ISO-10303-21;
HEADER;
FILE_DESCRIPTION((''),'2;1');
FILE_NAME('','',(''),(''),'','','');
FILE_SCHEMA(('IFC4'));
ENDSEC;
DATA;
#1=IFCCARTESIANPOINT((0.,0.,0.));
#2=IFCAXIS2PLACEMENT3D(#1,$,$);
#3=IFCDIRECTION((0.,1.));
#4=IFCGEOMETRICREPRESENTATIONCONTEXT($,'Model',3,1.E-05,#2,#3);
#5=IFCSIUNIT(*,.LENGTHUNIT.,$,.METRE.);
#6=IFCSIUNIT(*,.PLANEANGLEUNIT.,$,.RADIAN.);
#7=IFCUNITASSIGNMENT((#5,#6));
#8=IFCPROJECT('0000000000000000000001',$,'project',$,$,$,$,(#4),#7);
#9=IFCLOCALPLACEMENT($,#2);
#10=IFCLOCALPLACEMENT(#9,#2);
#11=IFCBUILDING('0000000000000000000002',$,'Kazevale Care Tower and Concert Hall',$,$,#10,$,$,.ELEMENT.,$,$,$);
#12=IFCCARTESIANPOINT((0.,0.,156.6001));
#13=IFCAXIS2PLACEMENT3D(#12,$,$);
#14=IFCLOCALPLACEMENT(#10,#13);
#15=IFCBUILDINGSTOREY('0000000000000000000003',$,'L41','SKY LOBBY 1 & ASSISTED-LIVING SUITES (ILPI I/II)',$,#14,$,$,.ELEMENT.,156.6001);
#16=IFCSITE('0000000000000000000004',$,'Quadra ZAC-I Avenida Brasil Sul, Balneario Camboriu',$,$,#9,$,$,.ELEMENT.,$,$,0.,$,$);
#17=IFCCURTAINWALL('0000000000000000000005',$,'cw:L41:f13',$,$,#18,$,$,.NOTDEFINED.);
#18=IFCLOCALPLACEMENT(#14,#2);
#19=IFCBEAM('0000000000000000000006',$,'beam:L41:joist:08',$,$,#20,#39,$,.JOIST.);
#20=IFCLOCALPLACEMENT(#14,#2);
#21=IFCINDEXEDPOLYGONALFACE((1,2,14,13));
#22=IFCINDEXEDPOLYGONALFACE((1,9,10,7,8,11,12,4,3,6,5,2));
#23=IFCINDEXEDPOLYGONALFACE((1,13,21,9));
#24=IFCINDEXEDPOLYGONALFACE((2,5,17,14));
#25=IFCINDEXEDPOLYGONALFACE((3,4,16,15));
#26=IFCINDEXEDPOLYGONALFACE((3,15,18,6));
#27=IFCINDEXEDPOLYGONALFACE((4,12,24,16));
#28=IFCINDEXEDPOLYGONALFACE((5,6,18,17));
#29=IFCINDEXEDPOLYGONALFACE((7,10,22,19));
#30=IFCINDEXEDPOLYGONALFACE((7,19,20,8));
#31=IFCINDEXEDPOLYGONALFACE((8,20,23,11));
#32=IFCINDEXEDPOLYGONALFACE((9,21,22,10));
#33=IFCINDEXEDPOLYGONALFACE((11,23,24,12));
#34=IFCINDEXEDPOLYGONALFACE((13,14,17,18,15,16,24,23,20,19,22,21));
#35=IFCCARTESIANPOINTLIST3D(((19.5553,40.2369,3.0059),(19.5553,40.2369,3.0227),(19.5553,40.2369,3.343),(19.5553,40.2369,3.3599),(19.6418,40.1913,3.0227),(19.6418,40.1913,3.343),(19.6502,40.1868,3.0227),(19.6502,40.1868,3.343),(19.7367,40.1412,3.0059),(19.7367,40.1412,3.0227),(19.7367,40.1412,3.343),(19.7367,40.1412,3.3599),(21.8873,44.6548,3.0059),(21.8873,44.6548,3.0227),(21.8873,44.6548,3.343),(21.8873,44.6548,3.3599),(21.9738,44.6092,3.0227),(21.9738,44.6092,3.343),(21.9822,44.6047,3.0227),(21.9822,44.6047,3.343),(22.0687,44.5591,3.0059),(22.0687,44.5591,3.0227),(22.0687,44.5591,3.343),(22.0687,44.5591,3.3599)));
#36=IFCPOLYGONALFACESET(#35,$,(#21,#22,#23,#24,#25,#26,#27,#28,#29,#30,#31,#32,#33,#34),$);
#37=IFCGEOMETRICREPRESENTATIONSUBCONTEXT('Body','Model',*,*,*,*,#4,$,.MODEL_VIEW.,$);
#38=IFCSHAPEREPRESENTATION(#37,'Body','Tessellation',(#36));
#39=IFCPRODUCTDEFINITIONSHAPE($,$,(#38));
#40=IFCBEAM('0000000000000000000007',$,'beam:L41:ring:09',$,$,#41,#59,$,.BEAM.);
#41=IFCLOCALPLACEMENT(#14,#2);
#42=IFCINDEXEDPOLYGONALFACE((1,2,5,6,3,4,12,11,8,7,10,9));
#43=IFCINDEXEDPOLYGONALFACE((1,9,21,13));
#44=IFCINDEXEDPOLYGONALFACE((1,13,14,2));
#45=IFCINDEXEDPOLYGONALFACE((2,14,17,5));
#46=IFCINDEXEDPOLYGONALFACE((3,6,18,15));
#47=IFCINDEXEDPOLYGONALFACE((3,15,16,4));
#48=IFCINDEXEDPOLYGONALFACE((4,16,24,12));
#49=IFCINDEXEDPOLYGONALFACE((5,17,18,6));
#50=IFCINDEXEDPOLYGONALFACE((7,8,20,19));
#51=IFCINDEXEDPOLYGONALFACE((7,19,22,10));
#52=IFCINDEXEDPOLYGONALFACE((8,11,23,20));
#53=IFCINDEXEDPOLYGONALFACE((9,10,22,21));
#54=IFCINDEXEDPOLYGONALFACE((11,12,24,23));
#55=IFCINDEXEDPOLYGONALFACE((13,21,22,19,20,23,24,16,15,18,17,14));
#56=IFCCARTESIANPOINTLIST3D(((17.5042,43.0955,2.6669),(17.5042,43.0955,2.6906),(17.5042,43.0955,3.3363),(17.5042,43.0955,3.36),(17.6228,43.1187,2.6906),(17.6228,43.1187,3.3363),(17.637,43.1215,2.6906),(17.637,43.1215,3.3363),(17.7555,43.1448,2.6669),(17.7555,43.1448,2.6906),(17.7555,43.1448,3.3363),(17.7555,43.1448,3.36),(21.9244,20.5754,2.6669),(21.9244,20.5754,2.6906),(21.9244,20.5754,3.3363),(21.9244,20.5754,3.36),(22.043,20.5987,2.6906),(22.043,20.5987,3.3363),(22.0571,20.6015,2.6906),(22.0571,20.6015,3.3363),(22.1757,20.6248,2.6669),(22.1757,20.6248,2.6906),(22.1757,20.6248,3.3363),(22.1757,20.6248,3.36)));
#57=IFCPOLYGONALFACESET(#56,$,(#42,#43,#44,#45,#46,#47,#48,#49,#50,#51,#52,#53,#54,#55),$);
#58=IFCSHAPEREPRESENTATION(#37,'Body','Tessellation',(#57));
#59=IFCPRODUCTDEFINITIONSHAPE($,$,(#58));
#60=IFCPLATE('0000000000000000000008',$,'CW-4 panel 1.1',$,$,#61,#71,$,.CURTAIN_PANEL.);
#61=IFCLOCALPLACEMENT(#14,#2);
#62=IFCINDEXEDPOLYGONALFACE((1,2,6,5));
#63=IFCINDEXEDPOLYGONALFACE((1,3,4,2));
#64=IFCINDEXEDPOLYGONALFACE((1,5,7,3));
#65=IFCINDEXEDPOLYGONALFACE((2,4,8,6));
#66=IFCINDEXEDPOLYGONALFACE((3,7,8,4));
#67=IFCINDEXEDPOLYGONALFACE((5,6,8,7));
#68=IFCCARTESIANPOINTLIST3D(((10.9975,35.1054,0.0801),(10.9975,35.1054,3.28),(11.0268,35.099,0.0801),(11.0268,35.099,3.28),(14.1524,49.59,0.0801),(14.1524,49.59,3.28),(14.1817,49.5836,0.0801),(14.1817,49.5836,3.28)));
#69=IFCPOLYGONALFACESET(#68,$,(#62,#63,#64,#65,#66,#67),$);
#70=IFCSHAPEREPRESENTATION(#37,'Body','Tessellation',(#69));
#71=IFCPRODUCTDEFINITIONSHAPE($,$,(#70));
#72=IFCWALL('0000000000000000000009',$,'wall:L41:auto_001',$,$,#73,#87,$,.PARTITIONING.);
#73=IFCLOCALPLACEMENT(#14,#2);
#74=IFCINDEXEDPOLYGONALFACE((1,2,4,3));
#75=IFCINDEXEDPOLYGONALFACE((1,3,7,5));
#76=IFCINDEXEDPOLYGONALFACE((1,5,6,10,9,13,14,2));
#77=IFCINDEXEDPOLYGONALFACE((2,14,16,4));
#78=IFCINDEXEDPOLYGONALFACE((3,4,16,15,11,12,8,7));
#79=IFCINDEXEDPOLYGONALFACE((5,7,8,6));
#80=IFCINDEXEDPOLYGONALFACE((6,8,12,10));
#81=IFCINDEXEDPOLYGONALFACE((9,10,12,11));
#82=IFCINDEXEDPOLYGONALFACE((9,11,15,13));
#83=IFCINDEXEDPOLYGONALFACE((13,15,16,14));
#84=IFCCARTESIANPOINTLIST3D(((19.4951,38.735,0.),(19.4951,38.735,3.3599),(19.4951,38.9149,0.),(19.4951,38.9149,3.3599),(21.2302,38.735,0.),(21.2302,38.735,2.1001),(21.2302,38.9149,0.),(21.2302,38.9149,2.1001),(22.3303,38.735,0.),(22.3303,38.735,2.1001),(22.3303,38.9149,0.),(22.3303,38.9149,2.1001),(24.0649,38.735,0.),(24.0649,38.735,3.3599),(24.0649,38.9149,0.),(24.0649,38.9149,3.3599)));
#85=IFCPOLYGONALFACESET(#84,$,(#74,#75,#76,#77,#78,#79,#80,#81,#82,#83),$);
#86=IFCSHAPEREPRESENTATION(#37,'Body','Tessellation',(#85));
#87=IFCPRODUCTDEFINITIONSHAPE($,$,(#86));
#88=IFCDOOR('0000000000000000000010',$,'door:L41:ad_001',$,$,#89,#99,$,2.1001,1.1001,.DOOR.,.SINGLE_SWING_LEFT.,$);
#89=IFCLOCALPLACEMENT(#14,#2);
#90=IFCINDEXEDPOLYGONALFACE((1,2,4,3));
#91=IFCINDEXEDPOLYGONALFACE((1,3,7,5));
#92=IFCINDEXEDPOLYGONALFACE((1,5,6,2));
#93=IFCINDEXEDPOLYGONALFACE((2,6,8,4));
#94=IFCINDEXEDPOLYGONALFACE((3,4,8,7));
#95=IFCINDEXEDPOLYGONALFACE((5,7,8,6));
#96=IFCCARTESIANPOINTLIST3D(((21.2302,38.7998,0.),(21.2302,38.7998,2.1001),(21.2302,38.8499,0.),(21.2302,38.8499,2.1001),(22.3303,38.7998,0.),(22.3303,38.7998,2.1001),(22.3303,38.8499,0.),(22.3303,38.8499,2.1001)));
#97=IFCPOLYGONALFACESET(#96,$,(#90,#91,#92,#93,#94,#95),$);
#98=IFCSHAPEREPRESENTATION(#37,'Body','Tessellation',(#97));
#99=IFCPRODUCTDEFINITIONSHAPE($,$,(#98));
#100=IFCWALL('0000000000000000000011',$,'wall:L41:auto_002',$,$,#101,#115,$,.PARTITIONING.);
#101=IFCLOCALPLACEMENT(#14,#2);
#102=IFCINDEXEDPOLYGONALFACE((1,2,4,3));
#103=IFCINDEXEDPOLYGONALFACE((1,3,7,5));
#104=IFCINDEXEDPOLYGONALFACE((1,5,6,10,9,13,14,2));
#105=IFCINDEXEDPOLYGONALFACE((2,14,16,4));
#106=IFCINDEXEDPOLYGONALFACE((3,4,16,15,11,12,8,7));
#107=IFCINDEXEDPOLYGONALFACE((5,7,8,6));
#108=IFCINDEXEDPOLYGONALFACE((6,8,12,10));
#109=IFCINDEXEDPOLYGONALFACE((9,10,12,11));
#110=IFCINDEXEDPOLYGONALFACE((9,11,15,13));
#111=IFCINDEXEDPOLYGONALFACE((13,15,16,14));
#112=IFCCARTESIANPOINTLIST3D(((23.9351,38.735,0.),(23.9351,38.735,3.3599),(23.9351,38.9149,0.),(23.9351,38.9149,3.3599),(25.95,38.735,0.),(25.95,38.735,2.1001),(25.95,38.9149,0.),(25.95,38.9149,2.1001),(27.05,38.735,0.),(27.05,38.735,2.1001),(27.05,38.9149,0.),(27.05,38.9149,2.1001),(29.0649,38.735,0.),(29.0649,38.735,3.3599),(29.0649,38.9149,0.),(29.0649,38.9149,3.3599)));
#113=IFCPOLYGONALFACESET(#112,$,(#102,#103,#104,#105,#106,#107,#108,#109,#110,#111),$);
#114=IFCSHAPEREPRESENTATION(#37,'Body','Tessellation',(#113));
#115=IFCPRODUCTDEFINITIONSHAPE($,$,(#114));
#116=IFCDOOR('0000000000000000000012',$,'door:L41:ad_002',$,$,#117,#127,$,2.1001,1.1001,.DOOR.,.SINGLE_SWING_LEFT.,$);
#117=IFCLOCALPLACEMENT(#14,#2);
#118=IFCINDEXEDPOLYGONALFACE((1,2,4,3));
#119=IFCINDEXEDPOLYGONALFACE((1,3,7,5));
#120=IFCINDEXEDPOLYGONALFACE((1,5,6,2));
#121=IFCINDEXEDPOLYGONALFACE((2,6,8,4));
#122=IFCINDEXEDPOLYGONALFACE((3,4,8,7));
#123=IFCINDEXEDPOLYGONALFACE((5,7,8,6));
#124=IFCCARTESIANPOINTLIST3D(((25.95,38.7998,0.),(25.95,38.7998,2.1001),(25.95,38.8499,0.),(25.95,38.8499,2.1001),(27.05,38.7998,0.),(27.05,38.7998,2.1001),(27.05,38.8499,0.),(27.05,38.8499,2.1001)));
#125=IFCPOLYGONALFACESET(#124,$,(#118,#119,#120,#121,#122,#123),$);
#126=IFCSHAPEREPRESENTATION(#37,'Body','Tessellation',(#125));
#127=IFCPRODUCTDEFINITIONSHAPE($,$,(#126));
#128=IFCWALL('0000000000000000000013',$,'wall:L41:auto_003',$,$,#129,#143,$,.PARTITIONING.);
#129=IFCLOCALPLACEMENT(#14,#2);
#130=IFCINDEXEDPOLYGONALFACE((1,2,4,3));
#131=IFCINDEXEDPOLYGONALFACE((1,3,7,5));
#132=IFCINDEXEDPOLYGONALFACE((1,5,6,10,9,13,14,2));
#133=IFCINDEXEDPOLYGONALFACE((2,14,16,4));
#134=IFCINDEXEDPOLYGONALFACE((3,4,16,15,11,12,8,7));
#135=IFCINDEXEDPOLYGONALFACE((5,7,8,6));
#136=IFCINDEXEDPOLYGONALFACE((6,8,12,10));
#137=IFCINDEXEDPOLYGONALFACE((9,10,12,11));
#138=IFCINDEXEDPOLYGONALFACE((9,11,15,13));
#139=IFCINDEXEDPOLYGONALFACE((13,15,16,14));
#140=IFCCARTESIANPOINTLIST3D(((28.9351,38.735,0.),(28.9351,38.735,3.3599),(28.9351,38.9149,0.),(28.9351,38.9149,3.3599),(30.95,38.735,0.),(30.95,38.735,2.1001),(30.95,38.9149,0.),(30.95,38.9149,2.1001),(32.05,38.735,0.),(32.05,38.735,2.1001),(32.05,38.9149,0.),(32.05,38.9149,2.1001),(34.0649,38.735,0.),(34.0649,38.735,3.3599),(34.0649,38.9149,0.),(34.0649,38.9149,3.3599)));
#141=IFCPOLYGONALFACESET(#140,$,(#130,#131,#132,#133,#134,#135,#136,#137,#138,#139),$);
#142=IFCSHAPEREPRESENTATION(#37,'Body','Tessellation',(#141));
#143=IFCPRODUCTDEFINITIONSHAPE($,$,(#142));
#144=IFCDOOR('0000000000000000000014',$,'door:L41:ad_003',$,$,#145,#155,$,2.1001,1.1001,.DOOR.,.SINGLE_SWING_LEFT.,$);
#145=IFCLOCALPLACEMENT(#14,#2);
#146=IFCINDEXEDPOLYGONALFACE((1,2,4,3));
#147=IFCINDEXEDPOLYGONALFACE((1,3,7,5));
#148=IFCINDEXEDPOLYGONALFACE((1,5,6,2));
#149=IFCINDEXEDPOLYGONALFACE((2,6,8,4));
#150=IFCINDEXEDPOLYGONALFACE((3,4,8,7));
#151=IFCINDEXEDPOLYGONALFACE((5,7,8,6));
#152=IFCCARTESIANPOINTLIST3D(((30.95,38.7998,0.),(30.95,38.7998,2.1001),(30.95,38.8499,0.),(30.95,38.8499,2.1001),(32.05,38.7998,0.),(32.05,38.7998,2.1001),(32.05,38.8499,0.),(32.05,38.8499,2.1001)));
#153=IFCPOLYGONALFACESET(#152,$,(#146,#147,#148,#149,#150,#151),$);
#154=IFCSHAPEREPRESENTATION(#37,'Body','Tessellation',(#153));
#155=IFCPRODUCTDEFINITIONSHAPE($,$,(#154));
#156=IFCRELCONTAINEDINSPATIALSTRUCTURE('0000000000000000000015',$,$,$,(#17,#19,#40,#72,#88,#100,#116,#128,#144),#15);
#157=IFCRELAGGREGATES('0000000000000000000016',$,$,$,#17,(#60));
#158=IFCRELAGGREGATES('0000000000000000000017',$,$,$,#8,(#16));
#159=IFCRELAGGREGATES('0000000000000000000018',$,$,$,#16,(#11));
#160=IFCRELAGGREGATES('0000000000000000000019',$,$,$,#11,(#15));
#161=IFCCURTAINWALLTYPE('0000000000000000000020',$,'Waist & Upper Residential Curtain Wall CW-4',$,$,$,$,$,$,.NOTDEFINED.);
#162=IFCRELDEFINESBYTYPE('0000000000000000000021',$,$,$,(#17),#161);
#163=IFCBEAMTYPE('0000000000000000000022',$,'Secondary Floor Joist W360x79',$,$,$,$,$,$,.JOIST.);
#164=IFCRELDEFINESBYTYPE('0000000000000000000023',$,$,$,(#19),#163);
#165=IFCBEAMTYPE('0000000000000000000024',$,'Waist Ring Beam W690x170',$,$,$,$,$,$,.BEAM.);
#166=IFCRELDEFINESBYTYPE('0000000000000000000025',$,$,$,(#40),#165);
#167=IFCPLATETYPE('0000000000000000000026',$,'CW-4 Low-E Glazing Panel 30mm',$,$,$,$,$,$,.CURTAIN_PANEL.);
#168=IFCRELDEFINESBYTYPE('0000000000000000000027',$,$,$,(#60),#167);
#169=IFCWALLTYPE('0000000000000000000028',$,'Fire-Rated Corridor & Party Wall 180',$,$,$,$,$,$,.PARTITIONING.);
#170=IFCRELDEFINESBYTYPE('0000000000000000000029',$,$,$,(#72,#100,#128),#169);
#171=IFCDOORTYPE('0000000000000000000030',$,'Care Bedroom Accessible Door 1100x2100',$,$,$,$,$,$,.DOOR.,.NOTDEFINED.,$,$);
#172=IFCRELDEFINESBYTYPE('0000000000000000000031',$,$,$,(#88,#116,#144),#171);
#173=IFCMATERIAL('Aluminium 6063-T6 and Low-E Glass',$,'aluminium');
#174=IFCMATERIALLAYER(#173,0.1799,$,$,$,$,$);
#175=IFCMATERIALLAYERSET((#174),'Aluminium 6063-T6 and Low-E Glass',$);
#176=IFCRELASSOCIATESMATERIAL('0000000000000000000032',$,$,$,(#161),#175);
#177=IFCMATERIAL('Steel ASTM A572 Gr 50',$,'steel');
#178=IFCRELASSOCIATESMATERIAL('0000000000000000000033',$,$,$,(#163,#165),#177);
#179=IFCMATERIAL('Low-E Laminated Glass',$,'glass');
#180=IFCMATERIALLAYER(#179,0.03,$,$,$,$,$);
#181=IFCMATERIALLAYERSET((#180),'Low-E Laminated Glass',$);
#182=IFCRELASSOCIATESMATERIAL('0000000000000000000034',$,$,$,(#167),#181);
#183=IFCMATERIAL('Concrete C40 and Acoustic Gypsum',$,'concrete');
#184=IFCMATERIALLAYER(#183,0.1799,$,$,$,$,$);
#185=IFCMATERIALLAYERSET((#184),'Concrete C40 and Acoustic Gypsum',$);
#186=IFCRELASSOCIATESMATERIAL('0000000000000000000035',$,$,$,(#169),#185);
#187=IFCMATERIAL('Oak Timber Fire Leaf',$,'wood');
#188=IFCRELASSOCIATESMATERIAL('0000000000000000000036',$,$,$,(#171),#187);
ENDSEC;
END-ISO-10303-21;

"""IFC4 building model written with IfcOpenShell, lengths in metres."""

from ifc_helpers import new_model, si_unit, direction, frame, frame_2d, origin, origin_2d, place, context, subcontext, project, spatial, rectangle, i_section, extrude, material, layer, layer_set, material_profile, profile_set, type_object, element, fill, aggregate, save


model = new_model("IFC4")

# Units and contexts
model_context = context("Model", 3, precision=1e-05, world=origin(), true_north=direction((0.0, 1.0)))
body_context = subcontext(model_context, "Body", "Model", "MODEL_VIEW")
ifc_project = project(units=[si_unit("LENGTHUNIT", "METRE"), si_unit("PLANEANGLEUNIT", "RADIAN")], contexts=[model_context])

# Site, building, storey
site_placement = place(None, origin())
site = spatial("IfcSite", under=ifc_project, at=site_placement, Name="Quadra ZAC-I Avenida Brasil Sul, Balneario Camboriu", CompositionType="ELEMENT", RefElevation=0.0)
building_placement = place(site_placement, origin())
building = spatial("IfcBuilding", under=site, at=building_placement, Name="Kazevale Care Tower and Concert Hall", CompositionType="ELEMENT")
storey_placement = place(building_placement, frame((0.0, 0.0, 156.6001)))
storey = spatial("IfcBuildingStorey", under=building, at=storey_placement, Name="L41", Description="SKY LOBBY 1 & ASSISTED-LIVING SUITES (ILPI I/II)", CompositionType="ELEMENT", Elevation=156.6001)

# Shared definitions
ifc_material_1 = material(Name="Aluminium 6063-T6 and Low-E Glass", Category="aluminium")

# Curtain wall
ifc_layer_1 = layer(ifc_material_1, 0.1799)
ifc_layer_set_1 = layer_set([ifc_layer_1], Name="Aluminium 6063-T6 and Low-E Glass")
curtain_wall_type_1 = type_object("IfcCurtainWallType", Name="Waist & Upper Residential Curtain Wall CW-4", PredefinedType="NOTDEFINED", material=ifc_layer_set_1)
curtain_wall_1_placement = place(storey_placement, origin())
curtain_wall_1 = element("IfcCurtainWall", 1, at=curtain_wall_1_placement, inside=storey, type_object=curtain_wall_type_1, Name="cw:L41:f13", PredefinedType="NOTDEFINED")

# Beams
ifc_material_2 = material(Name="Steel ASTM A572 Gr 50", Category="steel")
ifc_material_profile_1 = material_profile(ifc_material_2, i_section(OverallWidth=0.2051, OverallDepth=0.354, WebThickness=0.0095, FlangeThickness=0.0168, at=origin_2d()), Name="W360x79")
ifc_profile_set_1 = profile_set([ifc_material_profile_1], Name="Steel ASTM A572 Gr 50")
beam_type_1 = type_object("IfcBeamType", Name="Secondary Floor Joist W360x79", PredefinedType="JOIST", material=ifc_profile_set_1)
beam_1_placement = place(storey_placement, frame((21.978, 44.6069, 3.1829), z_axis=(-0.46681, -0.884358, 0.0), x_axis=(0.884358, -0.46681, 0.0)))
element("IfcBeam", 2, at=beam_1_placement, inside=storey, type_object=beam_type_1, Name="beam:L41:joist:08", PredefinedType="JOIST", context=body_context, shape_type="SweptSolid", body=[
    extrude(i_section(OverallWidth=0.2051, OverallDepth=0.354, WebThickness=0.0095, FlangeThickness=0.0168, at=origin_2d()), origin(), (0.0, 0.0, 1.0), 4.9956),
])
ifc_material_profile_2 = material_profile(ifc_material_2, i_section(OverallWidth=0.2561, OverallDepth=0.6931, WebThickness=0.0144, FlangeThickness=0.0237, at=origin_2d()), Name="W690x170")
ifc_profile_set_2 = profile_set([ifc_material_profile_2], Name="Steel ASTM A572 Gr 50")
beam_type_2 = type_object("IfcBeamType", Name="Waist Ring Beam W690x170", PredefinedType="BEAM", material=ifc_profile_set_2)
beam_2_placement = place(storey_placement, frame((17.6299, 43.1201, 3.0134), z_axis=(0.192602, -0.981277, 0.0), x_axis=(0.981277, 0.192602, 0.0)))
element("IfcBeam", 3, at=beam_2_placement, inside=storey, type_object=beam_type_2, Name="beam:L41:ring:09", PredefinedType="BEAM", context=body_context, shape_type="SweptSolid", body=[
    extrude(i_section(OverallWidth=0.2561, OverallDepth=0.6931, WebThickness=0.0144, FlangeThickness=0.0237, at=origin_2d()), origin(), (0.0, 0.0, 1.0), 22.9497),
])

# Plate
ifc_material_3 = material(Name="Low-E Laminated Glass", Category="glass")
ifc_layer_2 = layer(ifc_material_3, 0.03)
ifc_layer_set_2 = layer_set([ifc_layer_2], Name="Low-E Laminated Glass")
plate_type = type_object("IfcPlateType", Name="CW-4 Low-E Glazing Panel 30mm", PredefinedType="CURTAIN_PANEL", material=ifc_layer_set_2)
plate_placement = place(storey_placement, frame((12.5896, 42.3445, 0.0801), z_axis=(0.0, 0.0, 1.0), x_axis=(0.212823, 0.977091, 0.0)))
plate = element("IfcPlate", 4, at=plate_placement, type_object=plate_type, Name="CW-4 panel 1.1", PredefinedType="CURTAIN_PANEL", context=body_context, shape_type="SweptSolid", body=[
    extrude(rectangle(XDim=14.8242, YDim=0.03, at=origin_2d()), origin(), (0.0, 0.0, 1.0), 3.2),
])
aggregate(curtain_wall_1, [plate])

# Walls, openings, doors
ifc_material_4 = material(Name="Concrete C40 and Acoustic Gypsum", Category="concrete")
ifc_layer_3 = layer(ifc_material_4, 0.1799)
ifc_layer_set_3 = layer_set([ifc_layer_3], Name="Concrete C40 and Acoustic Gypsum")
wall_type = type_object("IfcWallType", Name="Fire-Rated Corridor & Party Wall 180", PredefinedType="PARTITIONING", material=ifc_layer_set_3)
wall_1_placement = place(storey_placement, frame((19.4951, 38.825, 0.0), z_axis=(0.0, 0.0, 1.0), x_axis=(1.0, 0.0, 0.0)))
wall_1 = element("IfcWall", 5, at=wall_1_placement, inside=storey, type_object=wall_type, Name="wall:L41:auto_001", PredefinedType="PARTITIONING", context=body_context, shape_type="SweptSolid", body=[
    extrude(rectangle(XDim=4.5698, YDim=0.1799, at=frame_2d((2.2849, 0.0))), origin(), (0.0, 0.0, 1.0), 3.3599),
])
opening_1_placement = place(wall_1_placement, frame((1.7351, 0.0, 0.0)))
opening_1 = element("IfcOpeningElement", 6, at=opening_1_placement, cuts=wall_1, PredefinedType="OPENING", context=body_context, shape_type="SweptSolid", body=[
    extrude(rectangle(XDim=1.1001, YDim=2.1001, at=frame_2d((0.55, 1.05))), frame((0.0, 0.0999, 0.0), z_axis=(0.0, -1.0, 0.0), x_axis=(1.0, 0.0, 0.0)), (0.0, 0.0, 1.0), 0.2),
])
ifc_material_5 = material(Name="Oak Timber Fire Leaf", Category="wood")
door_type = type_object("IfcDoorType", Name="Care Bedroom Accessible Door 1100x2100", OperationType="NOTDEFINED", PredefinedType="DOOR", material=ifc_material_5)
door_1_placement = place(opening_1_placement, origin())
door_1 = element("IfcDoor", 7, at=door_1_placement, inside=storey, type_object=door_type, Name="door:L41:ad_001", OperationType="SINGLE_SWING_LEFT", OverallHeight=2.1001, OverallWidth=1.1001, PredefinedType="DOOR", context=body_context, shape_type="SweptSolid", body=[
    extrude(rectangle(XDim=1.1001, YDim=2.1001, at=frame_2d((0.55, 1.05))), frame((0.0, 0.0249, 0.0), z_axis=(0.0, -1.0, 0.0), x_axis=(1.0, 0.0, 0.0)), (0.0, 0.0, 1.0), 0.05),
])
fill(opening_1, door_1)
wall_2_placement = place(storey_placement, frame((23.9351, 38.825, 0.0), z_axis=(0.0, 0.0, 1.0), x_axis=(1.0, 0.0, 0.0)))
wall_2 = element("IfcWall", 8, at=wall_2_placement, inside=storey, type_object=wall_type, Name="wall:L41:auto_002", PredefinedType="PARTITIONING", context=body_context, shape_type="SweptSolid", body=[
    extrude(rectangle(XDim=5.1299, YDim=0.1799, at=frame_2d((2.5649, 0.0))), origin(), (0.0, 0.0, 1.0), 3.3599),
])
opening_2_placement = place(wall_2_placement, frame((2.0149, 0.0, 0.0)))
opening_2 = element("IfcOpeningElement", 9, at=opening_2_placement, cuts=wall_2, PredefinedType="OPENING", context=body_context, shape_type="SweptSolid", body=[
    extrude(rectangle(XDim=1.1001, YDim=2.1001, at=frame_2d((0.55, 1.05))), frame((0.0, 0.0999, 0.0), z_axis=(0.0, -1.0, 0.0), x_axis=(1.0, 0.0, 0.0)), (0.0, 0.0, 1.0), 0.2),
])
door_2_placement = place(opening_2_placement, origin())
door_2 = element("IfcDoor", 10, at=door_2_placement, inside=storey, type_object=door_type, Name="door:L41:ad_002", OperationType="SINGLE_SWING_LEFT", OverallHeight=2.1001, OverallWidth=1.1001, PredefinedType="DOOR", context=body_context, shape_type="SweptSolid", body=[
    extrude(rectangle(XDim=1.1001, YDim=2.1001, at=frame_2d((0.55, 1.05))), frame((0.0, 0.0249, 0.0), z_axis=(0.0, -1.0, 0.0), x_axis=(1.0, 0.0, 0.0)), (0.0, 0.0, 1.0), 0.05),
])
fill(opening_2, door_2)
wall_3_placement = place(storey_placement, frame((28.9351, 38.825, 0.0), z_axis=(0.0, 0.0, 1.0), x_axis=(1.0, 0.0, 0.0)))
wall_3 = element("IfcWall", 11, at=wall_3_placement, inside=storey, type_object=wall_type, Name="wall:L41:auto_003", PredefinedType="PARTITIONING", context=body_context, shape_type="SweptSolid", body=[
    extrude(rectangle(XDim=5.1299, YDim=0.1799, at=frame_2d((2.5649, 0.0))), origin(), (0.0, 0.0, 1.0), 3.3599),
])
opening_3_placement = place(wall_3_placement, frame((2.0149, 0.0, 0.0)))
opening_3 = element("IfcOpeningElement", 12, at=opening_3_placement, cuts=wall_3, PredefinedType="OPENING", context=body_context, shape_type="SweptSolid", body=[
    extrude(rectangle(XDim=1.1001, YDim=2.1001, at=frame_2d((0.55, 1.05))), frame((0.0, 0.0999, 0.0), z_axis=(0.0, -1.0, 0.0), x_axis=(1.0, 0.0, 0.0)), (0.0, 0.0, 1.0), 0.2),
])
door_3_placement = place(opening_3_placement, origin())
door_3 = element("IfcDoor", 13, at=door_3_placement, inside=storey, type_object=door_type, Name="door:L41:ad_003", OperationType="SINGLE_SWING_LEFT", OverallHeight=2.1001, OverallWidth=1.1001, PredefinedType="DOOR", context=body_context, shape_type="SweptSolid", body=[
    extrude(rectangle(XDim=1.1001, YDim=2.1001, at=frame_2d((0.55, 1.05))), frame((0.0, 0.0249, 0.0), z_axis=(0.0, -1.0, 0.0), x_axis=(1.0, 0.0, 0.0)), (0.0, 0.0, 1.0), 0.05),
])
fill(opening_3, door_3)

save(model, "model.ifc")
